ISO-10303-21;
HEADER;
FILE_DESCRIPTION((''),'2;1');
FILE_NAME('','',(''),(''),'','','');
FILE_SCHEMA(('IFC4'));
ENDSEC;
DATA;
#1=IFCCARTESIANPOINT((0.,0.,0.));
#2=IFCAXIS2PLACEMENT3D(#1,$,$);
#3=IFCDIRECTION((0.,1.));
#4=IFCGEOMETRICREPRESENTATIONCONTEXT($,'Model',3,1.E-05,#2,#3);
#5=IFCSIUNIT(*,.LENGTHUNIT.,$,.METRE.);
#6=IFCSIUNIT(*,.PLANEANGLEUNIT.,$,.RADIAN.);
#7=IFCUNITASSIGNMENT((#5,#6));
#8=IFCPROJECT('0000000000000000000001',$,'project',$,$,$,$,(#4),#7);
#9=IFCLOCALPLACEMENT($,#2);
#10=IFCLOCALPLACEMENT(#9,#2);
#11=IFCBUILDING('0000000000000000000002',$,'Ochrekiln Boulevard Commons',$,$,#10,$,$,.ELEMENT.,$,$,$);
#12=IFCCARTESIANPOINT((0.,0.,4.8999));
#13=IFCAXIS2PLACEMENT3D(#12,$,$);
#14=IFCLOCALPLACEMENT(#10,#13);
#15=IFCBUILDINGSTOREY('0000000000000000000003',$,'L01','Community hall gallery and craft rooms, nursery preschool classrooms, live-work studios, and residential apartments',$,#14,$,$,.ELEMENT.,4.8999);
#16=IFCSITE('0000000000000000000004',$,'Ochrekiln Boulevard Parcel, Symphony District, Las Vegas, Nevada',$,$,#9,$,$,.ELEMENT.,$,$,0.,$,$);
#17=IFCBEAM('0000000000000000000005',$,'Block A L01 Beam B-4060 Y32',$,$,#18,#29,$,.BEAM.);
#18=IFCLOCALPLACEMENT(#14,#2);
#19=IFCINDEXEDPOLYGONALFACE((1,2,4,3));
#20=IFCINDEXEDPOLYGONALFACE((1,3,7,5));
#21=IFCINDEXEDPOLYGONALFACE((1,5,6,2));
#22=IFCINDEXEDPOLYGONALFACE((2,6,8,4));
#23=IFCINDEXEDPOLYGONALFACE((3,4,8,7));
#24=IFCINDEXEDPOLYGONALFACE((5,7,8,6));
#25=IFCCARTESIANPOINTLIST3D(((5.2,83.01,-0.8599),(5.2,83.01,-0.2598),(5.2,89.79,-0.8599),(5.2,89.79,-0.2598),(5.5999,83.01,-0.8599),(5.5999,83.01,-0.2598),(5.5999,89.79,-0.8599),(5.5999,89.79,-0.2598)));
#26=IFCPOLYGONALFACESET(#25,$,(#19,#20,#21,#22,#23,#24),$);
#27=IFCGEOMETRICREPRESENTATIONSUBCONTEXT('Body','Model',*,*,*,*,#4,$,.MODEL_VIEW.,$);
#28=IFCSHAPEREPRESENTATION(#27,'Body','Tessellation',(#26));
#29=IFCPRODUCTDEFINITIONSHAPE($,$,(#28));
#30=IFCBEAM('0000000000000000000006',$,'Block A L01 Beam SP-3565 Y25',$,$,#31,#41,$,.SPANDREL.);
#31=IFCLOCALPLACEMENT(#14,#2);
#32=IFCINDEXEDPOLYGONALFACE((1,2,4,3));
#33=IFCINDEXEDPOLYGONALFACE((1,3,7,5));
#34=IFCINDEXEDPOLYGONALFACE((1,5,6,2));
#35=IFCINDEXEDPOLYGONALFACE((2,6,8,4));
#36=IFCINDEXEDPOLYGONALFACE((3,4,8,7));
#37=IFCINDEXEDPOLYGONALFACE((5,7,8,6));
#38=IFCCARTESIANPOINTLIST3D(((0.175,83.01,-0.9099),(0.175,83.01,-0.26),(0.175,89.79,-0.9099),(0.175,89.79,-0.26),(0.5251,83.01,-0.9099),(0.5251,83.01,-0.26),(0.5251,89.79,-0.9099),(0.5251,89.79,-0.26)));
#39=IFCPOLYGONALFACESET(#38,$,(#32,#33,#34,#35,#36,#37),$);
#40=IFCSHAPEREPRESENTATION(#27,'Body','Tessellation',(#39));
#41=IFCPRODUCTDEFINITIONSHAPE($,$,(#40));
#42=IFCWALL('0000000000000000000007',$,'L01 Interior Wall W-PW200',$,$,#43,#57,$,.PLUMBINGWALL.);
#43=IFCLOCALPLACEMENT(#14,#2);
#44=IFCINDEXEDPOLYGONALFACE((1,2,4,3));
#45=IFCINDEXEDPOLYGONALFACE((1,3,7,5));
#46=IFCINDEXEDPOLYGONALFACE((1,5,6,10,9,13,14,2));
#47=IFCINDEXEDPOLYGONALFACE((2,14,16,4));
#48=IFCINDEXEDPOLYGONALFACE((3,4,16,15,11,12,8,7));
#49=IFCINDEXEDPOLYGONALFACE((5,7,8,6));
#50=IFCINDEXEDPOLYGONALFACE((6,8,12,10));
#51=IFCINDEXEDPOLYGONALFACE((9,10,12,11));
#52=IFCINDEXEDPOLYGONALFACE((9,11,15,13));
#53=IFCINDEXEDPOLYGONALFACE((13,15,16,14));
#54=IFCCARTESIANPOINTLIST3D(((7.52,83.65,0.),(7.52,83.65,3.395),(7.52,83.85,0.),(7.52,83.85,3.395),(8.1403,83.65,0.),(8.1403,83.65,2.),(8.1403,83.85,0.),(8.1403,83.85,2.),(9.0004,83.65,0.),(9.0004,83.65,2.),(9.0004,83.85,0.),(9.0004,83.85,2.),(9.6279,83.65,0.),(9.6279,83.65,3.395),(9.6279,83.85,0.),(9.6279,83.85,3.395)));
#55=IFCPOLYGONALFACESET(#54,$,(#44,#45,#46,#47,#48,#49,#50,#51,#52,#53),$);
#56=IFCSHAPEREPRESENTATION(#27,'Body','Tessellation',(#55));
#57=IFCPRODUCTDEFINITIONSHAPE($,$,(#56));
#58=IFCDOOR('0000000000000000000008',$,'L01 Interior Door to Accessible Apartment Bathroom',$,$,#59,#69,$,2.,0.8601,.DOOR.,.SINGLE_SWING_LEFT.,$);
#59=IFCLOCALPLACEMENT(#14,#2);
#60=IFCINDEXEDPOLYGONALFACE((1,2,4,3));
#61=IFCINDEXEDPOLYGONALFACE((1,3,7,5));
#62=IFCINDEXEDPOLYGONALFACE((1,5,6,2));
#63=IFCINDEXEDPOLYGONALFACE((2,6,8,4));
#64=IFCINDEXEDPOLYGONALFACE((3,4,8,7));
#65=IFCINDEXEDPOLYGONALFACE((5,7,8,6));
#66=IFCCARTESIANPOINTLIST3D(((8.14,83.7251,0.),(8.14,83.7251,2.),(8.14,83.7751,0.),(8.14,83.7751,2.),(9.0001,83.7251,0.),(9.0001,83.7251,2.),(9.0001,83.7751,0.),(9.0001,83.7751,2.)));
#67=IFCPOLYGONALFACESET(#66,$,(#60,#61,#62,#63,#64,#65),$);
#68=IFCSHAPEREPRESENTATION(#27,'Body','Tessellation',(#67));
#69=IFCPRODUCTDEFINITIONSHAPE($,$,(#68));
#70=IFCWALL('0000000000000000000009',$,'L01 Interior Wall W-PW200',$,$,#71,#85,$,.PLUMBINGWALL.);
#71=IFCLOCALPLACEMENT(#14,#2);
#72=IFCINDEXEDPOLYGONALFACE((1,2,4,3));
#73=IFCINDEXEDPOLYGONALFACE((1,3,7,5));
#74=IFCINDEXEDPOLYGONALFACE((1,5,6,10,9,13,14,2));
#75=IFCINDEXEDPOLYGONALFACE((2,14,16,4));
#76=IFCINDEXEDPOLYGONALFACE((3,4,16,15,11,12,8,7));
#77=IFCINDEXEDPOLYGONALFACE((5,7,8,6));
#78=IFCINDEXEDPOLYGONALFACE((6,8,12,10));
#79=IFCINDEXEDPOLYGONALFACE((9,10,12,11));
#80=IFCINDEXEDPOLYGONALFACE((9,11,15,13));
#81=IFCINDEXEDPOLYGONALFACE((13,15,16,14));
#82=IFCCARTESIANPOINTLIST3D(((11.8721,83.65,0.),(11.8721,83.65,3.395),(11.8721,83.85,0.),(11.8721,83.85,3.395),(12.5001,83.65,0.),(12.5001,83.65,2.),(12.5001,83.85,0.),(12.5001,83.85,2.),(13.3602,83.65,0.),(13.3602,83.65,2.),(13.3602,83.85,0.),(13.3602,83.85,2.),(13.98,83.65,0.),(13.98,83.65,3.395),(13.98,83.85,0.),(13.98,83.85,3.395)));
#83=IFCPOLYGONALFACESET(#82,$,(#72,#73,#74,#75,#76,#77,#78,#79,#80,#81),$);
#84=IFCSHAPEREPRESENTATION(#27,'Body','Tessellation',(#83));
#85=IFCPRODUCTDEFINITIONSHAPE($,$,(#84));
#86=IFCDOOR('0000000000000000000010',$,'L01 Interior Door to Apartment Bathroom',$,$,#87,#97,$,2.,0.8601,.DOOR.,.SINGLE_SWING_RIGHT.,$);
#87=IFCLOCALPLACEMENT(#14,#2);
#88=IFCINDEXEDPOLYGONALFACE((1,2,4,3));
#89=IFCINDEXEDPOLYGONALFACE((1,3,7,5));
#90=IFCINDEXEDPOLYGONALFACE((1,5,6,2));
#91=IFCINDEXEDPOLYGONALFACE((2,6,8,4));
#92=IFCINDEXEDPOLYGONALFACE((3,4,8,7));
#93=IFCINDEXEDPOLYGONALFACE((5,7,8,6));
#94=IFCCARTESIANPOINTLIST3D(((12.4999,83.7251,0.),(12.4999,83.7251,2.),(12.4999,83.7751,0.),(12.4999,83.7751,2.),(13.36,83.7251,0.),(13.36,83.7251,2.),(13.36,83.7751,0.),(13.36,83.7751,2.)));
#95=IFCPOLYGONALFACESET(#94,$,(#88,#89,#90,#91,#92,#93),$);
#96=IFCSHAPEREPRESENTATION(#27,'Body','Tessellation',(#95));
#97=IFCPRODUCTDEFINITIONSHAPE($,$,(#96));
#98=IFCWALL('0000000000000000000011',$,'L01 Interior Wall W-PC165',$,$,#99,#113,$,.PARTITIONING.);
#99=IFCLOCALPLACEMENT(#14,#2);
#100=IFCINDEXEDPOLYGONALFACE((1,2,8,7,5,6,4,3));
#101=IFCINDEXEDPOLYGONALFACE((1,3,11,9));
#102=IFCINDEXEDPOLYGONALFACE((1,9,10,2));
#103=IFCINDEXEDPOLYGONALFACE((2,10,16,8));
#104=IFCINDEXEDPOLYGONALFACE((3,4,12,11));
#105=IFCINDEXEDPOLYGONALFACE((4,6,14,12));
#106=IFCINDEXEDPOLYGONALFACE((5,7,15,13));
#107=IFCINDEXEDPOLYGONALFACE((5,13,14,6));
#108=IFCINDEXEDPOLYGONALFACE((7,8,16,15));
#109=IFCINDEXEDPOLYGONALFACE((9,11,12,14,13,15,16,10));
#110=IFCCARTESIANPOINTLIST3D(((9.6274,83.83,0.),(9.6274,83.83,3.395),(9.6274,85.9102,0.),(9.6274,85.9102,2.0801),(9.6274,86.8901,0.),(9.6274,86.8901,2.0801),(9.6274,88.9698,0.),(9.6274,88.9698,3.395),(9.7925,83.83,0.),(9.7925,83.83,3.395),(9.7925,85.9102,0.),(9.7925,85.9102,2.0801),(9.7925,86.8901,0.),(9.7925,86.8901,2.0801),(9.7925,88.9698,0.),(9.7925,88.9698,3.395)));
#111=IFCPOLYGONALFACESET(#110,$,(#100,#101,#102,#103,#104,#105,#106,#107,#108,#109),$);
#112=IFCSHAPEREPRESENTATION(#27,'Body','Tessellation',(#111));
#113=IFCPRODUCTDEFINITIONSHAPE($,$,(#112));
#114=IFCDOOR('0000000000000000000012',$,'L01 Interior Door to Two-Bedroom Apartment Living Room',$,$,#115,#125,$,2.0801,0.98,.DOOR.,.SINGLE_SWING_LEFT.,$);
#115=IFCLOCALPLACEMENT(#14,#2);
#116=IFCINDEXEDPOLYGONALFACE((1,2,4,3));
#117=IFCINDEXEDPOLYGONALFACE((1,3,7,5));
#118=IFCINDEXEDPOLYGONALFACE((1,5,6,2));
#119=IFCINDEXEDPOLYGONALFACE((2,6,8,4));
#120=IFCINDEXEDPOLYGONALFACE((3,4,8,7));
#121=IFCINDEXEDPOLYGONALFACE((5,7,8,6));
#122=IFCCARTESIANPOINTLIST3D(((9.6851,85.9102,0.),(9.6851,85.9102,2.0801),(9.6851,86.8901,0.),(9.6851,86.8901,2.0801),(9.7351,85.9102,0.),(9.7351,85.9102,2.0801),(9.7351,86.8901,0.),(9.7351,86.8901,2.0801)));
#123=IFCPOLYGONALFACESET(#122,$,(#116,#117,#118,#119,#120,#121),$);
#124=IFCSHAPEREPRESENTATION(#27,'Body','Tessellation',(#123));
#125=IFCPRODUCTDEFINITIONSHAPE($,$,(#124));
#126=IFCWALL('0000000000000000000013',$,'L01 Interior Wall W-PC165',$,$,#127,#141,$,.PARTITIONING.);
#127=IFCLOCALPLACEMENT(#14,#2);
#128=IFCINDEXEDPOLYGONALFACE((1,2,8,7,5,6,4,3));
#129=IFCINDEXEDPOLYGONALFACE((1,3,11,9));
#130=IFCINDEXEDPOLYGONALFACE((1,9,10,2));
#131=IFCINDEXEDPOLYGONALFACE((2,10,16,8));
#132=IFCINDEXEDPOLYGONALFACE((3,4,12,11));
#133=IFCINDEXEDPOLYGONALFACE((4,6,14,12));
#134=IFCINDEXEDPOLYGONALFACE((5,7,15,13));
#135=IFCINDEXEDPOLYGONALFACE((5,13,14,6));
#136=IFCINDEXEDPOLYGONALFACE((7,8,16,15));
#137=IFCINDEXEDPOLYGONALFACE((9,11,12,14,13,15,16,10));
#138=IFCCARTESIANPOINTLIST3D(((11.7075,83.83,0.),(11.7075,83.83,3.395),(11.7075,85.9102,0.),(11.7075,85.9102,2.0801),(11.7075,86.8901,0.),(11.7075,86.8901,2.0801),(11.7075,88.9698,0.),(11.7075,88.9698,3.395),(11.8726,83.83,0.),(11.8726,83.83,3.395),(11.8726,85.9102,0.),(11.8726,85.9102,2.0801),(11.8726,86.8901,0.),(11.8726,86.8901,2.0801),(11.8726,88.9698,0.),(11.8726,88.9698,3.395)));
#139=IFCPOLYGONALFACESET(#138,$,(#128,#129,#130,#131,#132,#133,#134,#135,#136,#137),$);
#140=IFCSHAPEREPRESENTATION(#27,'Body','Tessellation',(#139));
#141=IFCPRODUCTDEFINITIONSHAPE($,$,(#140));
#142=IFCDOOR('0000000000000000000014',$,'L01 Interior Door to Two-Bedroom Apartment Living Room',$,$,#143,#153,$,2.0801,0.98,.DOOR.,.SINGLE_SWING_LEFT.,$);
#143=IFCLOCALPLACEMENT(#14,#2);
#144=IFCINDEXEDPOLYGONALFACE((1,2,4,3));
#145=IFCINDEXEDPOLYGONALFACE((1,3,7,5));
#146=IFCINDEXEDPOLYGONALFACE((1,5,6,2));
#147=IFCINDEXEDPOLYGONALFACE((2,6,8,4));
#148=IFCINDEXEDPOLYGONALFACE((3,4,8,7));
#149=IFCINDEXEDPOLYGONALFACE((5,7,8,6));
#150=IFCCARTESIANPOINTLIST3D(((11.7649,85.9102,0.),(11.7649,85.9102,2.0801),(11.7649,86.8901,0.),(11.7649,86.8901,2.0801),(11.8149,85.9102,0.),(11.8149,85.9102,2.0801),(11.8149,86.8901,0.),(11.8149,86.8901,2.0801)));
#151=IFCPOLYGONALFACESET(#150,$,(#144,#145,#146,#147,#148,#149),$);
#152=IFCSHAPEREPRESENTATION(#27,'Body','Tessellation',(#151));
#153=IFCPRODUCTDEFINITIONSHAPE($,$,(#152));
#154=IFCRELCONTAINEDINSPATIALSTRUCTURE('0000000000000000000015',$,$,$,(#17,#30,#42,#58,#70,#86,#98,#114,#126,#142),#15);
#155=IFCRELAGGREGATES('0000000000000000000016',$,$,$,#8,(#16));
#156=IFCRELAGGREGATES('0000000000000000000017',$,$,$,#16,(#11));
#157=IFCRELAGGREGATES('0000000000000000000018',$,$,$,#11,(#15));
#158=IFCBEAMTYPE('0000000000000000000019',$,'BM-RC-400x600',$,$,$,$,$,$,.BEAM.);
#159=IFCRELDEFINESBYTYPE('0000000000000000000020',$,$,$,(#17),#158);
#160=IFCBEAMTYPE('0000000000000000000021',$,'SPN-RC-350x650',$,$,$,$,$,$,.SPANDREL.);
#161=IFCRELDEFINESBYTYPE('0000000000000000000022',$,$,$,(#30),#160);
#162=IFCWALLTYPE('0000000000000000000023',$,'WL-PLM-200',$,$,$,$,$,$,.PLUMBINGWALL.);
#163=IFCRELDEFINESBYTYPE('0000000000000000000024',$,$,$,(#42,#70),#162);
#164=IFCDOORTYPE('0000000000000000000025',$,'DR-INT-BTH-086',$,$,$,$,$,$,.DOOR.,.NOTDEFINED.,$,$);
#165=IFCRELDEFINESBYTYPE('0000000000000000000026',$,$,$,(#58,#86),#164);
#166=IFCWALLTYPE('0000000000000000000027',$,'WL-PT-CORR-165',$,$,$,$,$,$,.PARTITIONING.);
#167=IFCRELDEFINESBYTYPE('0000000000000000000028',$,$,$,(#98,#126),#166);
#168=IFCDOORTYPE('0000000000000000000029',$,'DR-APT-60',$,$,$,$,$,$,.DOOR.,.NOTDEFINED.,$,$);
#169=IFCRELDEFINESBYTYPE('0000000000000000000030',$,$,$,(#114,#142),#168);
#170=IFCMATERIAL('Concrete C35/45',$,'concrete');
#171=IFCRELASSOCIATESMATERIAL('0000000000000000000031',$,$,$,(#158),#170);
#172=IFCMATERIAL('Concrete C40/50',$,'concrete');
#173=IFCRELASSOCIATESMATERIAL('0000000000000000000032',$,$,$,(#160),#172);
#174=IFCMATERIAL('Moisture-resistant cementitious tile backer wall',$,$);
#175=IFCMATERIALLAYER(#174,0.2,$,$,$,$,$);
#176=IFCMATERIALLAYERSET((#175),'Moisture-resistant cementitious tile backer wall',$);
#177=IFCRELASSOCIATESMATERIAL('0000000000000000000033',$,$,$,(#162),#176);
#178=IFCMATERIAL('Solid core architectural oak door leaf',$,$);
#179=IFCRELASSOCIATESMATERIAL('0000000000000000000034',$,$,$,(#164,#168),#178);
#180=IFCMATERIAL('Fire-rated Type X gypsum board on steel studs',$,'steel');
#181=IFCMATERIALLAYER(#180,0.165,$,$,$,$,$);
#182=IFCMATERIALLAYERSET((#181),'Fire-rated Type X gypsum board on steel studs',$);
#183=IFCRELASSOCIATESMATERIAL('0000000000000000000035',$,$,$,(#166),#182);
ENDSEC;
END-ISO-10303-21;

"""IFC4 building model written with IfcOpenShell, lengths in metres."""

from ifc_helpers import new_model, si_unit, direction, frame, frame_2d, origin, origin_2d, place, context, subcontext, project, spatial, rectangle, extrude, material, layer, layer_set, material_profile, profile_set, type_object, element, fill, save


model = new_model("IFC4")

# Units and contexts
model_context = context("Model", 3, precision=1e-05, world=origin(), true_north=direction((0.0, 1.0)))
body_context = subcontext(model_context, "Body", "Model", "MODEL_VIEW")
ifc_project = project(units=[si_unit("LENGTHUNIT", "METRE"), si_unit("PLANEANGLEUNIT", "RADIAN")], contexts=[model_context])

# Site, building, storey
site_placement = place(None, origin())
site = spatial("IfcSite", under=ifc_project, at=site_placement, Name="Ochrekiln Boulevard Parcel, Symphony District, Las Vegas, Nevada", CompositionType="ELEMENT", RefElevation=0.0)
building_placement = place(site_placement, origin())
building = spatial("IfcBuilding", under=site, at=building_placement, Name="Ochrekiln Boulevard Commons", CompositionType="ELEMENT")
storey_placement = place(building_placement, frame((0.0, 0.0, 4.8999)))
storey = spatial("IfcBuildingStorey", under=building, at=storey_placement, Name="L01", Description="Community hall gallery and craft rooms, nursery preschool classrooms, live-work studios, and residential apartments", CompositionType="ELEMENT", Elevation=4.8999)

# Beams
ifc_material_1 = material(Name="Concrete C35/45", Category="concrete")
ifc_material_profile_1 = material_profile(ifc_material_1, rectangle(XDim=0.3999, YDim=0.6001, at=origin_2d()), Name="RC-BM-400x600")
ifc_profile_set_1 = profile_set([ifc_material_profile_1], Name="Concrete C35/45")
beam_type_1 = type_object("IfcBeamType", Name="BM-RC-400x600", PredefinedType="BEAM", material=ifc_profile_set_1)
beam_1_placement = place(storey_placement, frame((5.3999, 83.01, -0.5598), z_axis=(0.0, 1.0, 0.0), x_axis=(-1.0, 0.0, 0.0)))
element("IfcBeam", 1, at=beam_1_placement, inside=storey, type_object=beam_type_1, Name="Block A L01 Beam B-4060 Y32", PredefinedType="BEAM", context=body_context, shape_type="SweptSolid", body=[
    extrude(rectangle(XDim=0.3999, YDim=0.6001, at=origin_2d()), origin(), (0.0, 0.0, 1.0), 6.78),
])
ifc_material_2 = material(Name="Concrete C40/50", Category="concrete")
ifc_material_profile_2 = material_profile(ifc_material_2, rectangle(XDim=0.3501, YDim=0.6499, at=origin_2d()), Name="RC-SPN-350x650")
ifc_profile_set_2 = profile_set([ifc_material_profile_2], Name="Concrete C40/50")
beam_type_2 = type_object("IfcBeamType", Name="SPN-RC-350x650", PredefinedType="SPANDREL", material=ifc_profile_set_2)
beam_2_placement = place(storey_placement, frame((0.3501, 83.01, -0.585), z_axis=(0.0, 1.0, 0.0), x_axis=(-1.0, 0.0, 0.0)))
element("IfcBeam", 2, at=beam_2_placement, inside=storey, type_object=beam_type_2, Name="Block A L01 Beam SP-3565 Y25", PredefinedType="SPANDREL", context=body_context, shape_type="SweptSolid", body=[
    extrude(rectangle(XDim=0.3501, YDim=0.6499, at=origin_2d()), origin(), (0.0, 0.0, 1.0), 6.78),
])

# Walls, openings, doors
ifc_material_3 = material(Name="Moisture-resistant cementitious tile backer wall")
ifc_layer_1 = layer(ifc_material_3, 0.2)
ifc_layer_set_1 = layer_set([ifc_layer_1], Name="Moisture-resistant cementitious tile backer wall")
wall_type_1 = type_object("IfcWallType", Name="WL-PLM-200", PredefinedType="PLUMBINGWALL", material=ifc_layer_set_1)
wall_1_placement = place(storey_placement, frame((7.52, 83.75, 0.0), z_axis=(0.0, 0.0, 1.0), x_axis=(1.0, 0.0, 0.0)))
wall_1 = element("IfcWall", 3, at=wall_1_placement, inside=storey, type_object=wall_type_1, Name="L01 Interior Wall W-PW200", PredefinedType="PLUMBINGWALL", context=body_context, shape_type="SweptSolid", body=[
    extrude(rectangle(XDim=2.1079, YDim=0.2, at=frame_2d((1.054, 0.0))), origin(), (0.0, 0.0, 1.0), 3.395),
])
opening_1_placement = place(wall_1_placement, frame((0.6201, 0.0, 0.0)))
opening_1 = element("IfcOpeningElement", 4, at=opening_1_placement, cuts=wall_1, PredefinedType="OPENING", context=body_context, shape_type="SweptSolid", body=[
    extrude(rectangle(XDim=0.8601, YDim=2.0, at=frame_2d((0.4302, 1.0))), frame((0.0, 0.1099, 0.0), z_axis=(0.0, -1.0, 0.0), x_axis=(1.0, 0.0, 0.0)), (0.0, 0.0, 1.0), 0.22),
])
ifc_material_4 = material(Name="Solid core architectural oak door leaf")
door_type_1 = type_object("IfcDoorType", Name="DR-INT-BTH-086", OperationType="NOTDEFINED", PredefinedType="DOOR", material=ifc_material_4)
door_1_placement = place(opening_1_placement, frame((0.8601, 0.0, 0.0), z_axis=(0.0, 0.0, 1.0), x_axis=(-1.0, 0.0, 0.0)))
door_1 = element("IfcDoor", 5, at=door_1_placement, inside=storey, type_object=door_type_1, Name="L01 Interior Door to Accessible Apartment Bathroom", OperationType="SINGLE_SWING_LEFT", OverallHeight=2.0, OverallWidth=0.8601, PredefinedType="DOOR", context=body_context, shape_type="SweptSolid", body=[
    extrude(rectangle(XDim=0.8601, YDim=2.0, at=frame_2d((0.4302, 1.0))), frame((0.0, 0.0249, 0.0), z_axis=(0.0, -1.0, 0.0), x_axis=(1.0, 0.0, 0.0)), (0.0, 0.0, 1.0), 0.05),
])
fill(opening_1, door_1)
wall_2_placement = place(storey_placement, frame((11.8721, 83.75, 0.0), z_axis=(0.0, 0.0, 1.0), x_axis=(1.0, 0.0, 0.0)))
wall_2 = element("IfcWall", 6, at=wall_2_placement, inside=storey, type_object=wall_type_1, Name="L01 Interior Wall W-PW200", PredefinedType="PLUMBINGWALL", context=body_context, shape_type="SweptSolid", body=[
    extrude(rectangle(XDim=2.1079, YDim=0.2, at=frame_2d((1.054, 0.0))), origin(), (0.0, 0.0, 1.0), 3.395),
])
opening_2_placement = place(wall_2_placement, frame((0.6279, 0.0, 0.0)))
opening_2 = element("IfcOpeningElement", 7, at=opening_2_placement, cuts=wall_2, PredefinedType="OPENING", context=body_context, shape_type="SweptSolid", body=[
    extrude(rectangle(XDim=0.8601, YDim=2.0, at=frame_2d((0.4302, 1.0))), frame((0.0, 0.1099, 0.0), z_axis=(0.0, -1.0, 0.0), x_axis=(1.0, 0.0, 0.0)), (0.0, 0.0, 1.0), 0.22),
])
door_2_placement = place(opening_2_placement, frame((0.8601, 0.0, 0.0), z_axis=(0.0, 0.0, 1.0), x_axis=(-1.0, 0.0, 0.0)))
door_2 = element("IfcDoor", 8, at=door_2_placement, inside=storey, type_object=door_type_1, Name="L01 Interior Door to Apartment Bathroom", OperationType="SINGLE_SWING_RIGHT", OverallHeight=2.0, OverallWidth=0.8601, PredefinedType="DOOR", context=body_context, shape_type="SweptSolid", body=[
    extrude(rectangle(XDim=0.8601, YDim=2.0, at=frame_2d((0.4302, 1.0))), frame((0.0, 0.0249, 0.0), z_axis=(0.0, -1.0, 0.0), x_axis=(1.0, 0.0, 0.0)), (0.0, 0.0, 1.0), 0.05),
])
fill(opening_2, door_2)
ifc_material_5 = material(Name="Fire-rated Type X gypsum board on steel studs", Category="steel")
ifc_layer_2 = layer(ifc_material_5, 0.165)
ifc_layer_set_2 = layer_set([ifc_layer_2], Name="Fire-rated Type X gypsum board on steel studs")
wall_type_2 = type_object("IfcWallType", Name="WL-PT-CORR-165", PredefinedType="PARTITIONING", material=ifc_layer_set_2)
wall_3_placement = place(storey_placement, frame((9.71, 83.8301, 0.0), z_axis=(0.0, 0.0, 1.0), x_axis=(0.0, 1.0, 0.0)))
wall_3 = element("IfcWall", 9, at=wall_3_placement, inside=storey, type_object=wall_type_2, Name="L01 Interior Wall W-PC165", PredefinedType="PARTITIONING", context=body_context, shape_type="SweptSolid", body=[
    extrude(rectangle(XDim=5.1399, YDim=0.165, at=frame_2d((2.5698, 0.0))), origin(), (0.0, 0.0, 1.0), 3.395),
])
opening_3_placement = place(wall_3_placement, frame((2.0801, 0.0, 0.0)))
opening_3 = element("IfcOpeningElement", 10, at=opening_3_placement, cuts=wall_3, PredefinedType="OPENING", context=body_context, shape_type="SweptSolid", body=[
    extrude(rectangle(XDim=0.98, YDim=2.0801, at=frame_2d((0.49, 1.04))), frame((0.0, 0.0925, 0.0), z_axis=(0.0, -1.0, 0.0), x_axis=(1.0, 0.0, 0.0)), (0.0, 0.0, 1.0), 0.1851),
])
door_type_2 = type_object("IfcDoorType", Name="DR-APT-60", OperationType="NOTDEFINED", PredefinedType="DOOR", material=ifc_material_4)
door_3_placement = place(opening_3_placement, origin())
door_3 = element("IfcDoor", 11, at=door_3_placement, inside=storey, type_object=door_type_2, Name="L01 Interior Door to Two-Bedroom Apartment Living Room", OperationType="SINGLE_SWING_LEFT", OverallHeight=2.0801, OverallWidth=0.98, PredefinedType="DOOR", context=body_context, shape_type="SweptSolid", body=[
    extrude(rectangle(XDim=0.98, YDim=2.0801, at=frame_2d((0.49, 1.04))), frame((0.0, 0.0249, 0.0), z_axis=(0.0, -1.0, 0.0), x_axis=(1.0, 0.0, 0.0)), (0.0, 0.0, 1.0), 0.05),
])
fill(opening_3, door_3)
wall_4_placement = place(storey_placement, frame((11.79, 83.8301, 0.0), z_axis=(0.0, 0.0, 1.0), x_axis=(0.0, 1.0, 0.0)))
wall_4 = element("IfcWall", 12, at=wall_4_placement, inside=storey, type_object=wall_type_2, Name="L01 Interior Wall W-PC165", PredefinedType="PARTITIONING", context=body_context, shape_type="SweptSolid", body=[
    extrude(rectangle(XDim=5.1399, YDim=0.165, at=frame_2d((2.5698, 0.0))), origin(), (0.0, 0.0, 1.0), 3.395),
])
opening_4_placement = place(wall_4_placement, frame((2.0801, 0.0, 0.0)))
opening_4 = element("IfcOpeningElement", 13, at=opening_4_placement, cuts=wall_4, PredefinedType="OPENING", context=body_context, shape_type="SweptSolid", body=[
    extrude(rectangle(XDim=0.98, YDim=2.0801, at=frame_2d((0.49, 1.04))), frame((0.0, 0.0925, 0.0), z_axis=(0.0, -1.0, 0.0), x_axis=(1.0, 0.0, 0.0)), (0.0, 0.0, 1.0), 0.1851),
])
door_4_placement = place(opening_4_placement, frame((0.98, 0.0, 0.0), z_axis=(0.0, 0.0, 1.0), x_axis=(-1.0, 0.0, 0.0)))
door_4 = element("IfcDoor", 14, at=door_4_placement, inside=storey, type_object=door_type_2, Name="L01 Interior Door to Two-Bedroom Apartment Living Room", OperationType="SINGLE_SWING_LEFT", OverallHeight=2.0801, OverallWidth=0.98, PredefinedType="DOOR", context=body_context, shape_type="SweptSolid", body=[
    extrude(rectangle(XDim=0.98, YDim=2.0801, at=frame_2d((0.49, 1.04))), frame((0.0, 0.0249, 0.0), z_axis=(0.0, -1.0, 0.0), x_axis=(1.0, 0.0, 0.0)), (0.0, 0.0, 1.0), 0.05),
])
fill(opening_4, door_4)

save(model, "model.ifc")
